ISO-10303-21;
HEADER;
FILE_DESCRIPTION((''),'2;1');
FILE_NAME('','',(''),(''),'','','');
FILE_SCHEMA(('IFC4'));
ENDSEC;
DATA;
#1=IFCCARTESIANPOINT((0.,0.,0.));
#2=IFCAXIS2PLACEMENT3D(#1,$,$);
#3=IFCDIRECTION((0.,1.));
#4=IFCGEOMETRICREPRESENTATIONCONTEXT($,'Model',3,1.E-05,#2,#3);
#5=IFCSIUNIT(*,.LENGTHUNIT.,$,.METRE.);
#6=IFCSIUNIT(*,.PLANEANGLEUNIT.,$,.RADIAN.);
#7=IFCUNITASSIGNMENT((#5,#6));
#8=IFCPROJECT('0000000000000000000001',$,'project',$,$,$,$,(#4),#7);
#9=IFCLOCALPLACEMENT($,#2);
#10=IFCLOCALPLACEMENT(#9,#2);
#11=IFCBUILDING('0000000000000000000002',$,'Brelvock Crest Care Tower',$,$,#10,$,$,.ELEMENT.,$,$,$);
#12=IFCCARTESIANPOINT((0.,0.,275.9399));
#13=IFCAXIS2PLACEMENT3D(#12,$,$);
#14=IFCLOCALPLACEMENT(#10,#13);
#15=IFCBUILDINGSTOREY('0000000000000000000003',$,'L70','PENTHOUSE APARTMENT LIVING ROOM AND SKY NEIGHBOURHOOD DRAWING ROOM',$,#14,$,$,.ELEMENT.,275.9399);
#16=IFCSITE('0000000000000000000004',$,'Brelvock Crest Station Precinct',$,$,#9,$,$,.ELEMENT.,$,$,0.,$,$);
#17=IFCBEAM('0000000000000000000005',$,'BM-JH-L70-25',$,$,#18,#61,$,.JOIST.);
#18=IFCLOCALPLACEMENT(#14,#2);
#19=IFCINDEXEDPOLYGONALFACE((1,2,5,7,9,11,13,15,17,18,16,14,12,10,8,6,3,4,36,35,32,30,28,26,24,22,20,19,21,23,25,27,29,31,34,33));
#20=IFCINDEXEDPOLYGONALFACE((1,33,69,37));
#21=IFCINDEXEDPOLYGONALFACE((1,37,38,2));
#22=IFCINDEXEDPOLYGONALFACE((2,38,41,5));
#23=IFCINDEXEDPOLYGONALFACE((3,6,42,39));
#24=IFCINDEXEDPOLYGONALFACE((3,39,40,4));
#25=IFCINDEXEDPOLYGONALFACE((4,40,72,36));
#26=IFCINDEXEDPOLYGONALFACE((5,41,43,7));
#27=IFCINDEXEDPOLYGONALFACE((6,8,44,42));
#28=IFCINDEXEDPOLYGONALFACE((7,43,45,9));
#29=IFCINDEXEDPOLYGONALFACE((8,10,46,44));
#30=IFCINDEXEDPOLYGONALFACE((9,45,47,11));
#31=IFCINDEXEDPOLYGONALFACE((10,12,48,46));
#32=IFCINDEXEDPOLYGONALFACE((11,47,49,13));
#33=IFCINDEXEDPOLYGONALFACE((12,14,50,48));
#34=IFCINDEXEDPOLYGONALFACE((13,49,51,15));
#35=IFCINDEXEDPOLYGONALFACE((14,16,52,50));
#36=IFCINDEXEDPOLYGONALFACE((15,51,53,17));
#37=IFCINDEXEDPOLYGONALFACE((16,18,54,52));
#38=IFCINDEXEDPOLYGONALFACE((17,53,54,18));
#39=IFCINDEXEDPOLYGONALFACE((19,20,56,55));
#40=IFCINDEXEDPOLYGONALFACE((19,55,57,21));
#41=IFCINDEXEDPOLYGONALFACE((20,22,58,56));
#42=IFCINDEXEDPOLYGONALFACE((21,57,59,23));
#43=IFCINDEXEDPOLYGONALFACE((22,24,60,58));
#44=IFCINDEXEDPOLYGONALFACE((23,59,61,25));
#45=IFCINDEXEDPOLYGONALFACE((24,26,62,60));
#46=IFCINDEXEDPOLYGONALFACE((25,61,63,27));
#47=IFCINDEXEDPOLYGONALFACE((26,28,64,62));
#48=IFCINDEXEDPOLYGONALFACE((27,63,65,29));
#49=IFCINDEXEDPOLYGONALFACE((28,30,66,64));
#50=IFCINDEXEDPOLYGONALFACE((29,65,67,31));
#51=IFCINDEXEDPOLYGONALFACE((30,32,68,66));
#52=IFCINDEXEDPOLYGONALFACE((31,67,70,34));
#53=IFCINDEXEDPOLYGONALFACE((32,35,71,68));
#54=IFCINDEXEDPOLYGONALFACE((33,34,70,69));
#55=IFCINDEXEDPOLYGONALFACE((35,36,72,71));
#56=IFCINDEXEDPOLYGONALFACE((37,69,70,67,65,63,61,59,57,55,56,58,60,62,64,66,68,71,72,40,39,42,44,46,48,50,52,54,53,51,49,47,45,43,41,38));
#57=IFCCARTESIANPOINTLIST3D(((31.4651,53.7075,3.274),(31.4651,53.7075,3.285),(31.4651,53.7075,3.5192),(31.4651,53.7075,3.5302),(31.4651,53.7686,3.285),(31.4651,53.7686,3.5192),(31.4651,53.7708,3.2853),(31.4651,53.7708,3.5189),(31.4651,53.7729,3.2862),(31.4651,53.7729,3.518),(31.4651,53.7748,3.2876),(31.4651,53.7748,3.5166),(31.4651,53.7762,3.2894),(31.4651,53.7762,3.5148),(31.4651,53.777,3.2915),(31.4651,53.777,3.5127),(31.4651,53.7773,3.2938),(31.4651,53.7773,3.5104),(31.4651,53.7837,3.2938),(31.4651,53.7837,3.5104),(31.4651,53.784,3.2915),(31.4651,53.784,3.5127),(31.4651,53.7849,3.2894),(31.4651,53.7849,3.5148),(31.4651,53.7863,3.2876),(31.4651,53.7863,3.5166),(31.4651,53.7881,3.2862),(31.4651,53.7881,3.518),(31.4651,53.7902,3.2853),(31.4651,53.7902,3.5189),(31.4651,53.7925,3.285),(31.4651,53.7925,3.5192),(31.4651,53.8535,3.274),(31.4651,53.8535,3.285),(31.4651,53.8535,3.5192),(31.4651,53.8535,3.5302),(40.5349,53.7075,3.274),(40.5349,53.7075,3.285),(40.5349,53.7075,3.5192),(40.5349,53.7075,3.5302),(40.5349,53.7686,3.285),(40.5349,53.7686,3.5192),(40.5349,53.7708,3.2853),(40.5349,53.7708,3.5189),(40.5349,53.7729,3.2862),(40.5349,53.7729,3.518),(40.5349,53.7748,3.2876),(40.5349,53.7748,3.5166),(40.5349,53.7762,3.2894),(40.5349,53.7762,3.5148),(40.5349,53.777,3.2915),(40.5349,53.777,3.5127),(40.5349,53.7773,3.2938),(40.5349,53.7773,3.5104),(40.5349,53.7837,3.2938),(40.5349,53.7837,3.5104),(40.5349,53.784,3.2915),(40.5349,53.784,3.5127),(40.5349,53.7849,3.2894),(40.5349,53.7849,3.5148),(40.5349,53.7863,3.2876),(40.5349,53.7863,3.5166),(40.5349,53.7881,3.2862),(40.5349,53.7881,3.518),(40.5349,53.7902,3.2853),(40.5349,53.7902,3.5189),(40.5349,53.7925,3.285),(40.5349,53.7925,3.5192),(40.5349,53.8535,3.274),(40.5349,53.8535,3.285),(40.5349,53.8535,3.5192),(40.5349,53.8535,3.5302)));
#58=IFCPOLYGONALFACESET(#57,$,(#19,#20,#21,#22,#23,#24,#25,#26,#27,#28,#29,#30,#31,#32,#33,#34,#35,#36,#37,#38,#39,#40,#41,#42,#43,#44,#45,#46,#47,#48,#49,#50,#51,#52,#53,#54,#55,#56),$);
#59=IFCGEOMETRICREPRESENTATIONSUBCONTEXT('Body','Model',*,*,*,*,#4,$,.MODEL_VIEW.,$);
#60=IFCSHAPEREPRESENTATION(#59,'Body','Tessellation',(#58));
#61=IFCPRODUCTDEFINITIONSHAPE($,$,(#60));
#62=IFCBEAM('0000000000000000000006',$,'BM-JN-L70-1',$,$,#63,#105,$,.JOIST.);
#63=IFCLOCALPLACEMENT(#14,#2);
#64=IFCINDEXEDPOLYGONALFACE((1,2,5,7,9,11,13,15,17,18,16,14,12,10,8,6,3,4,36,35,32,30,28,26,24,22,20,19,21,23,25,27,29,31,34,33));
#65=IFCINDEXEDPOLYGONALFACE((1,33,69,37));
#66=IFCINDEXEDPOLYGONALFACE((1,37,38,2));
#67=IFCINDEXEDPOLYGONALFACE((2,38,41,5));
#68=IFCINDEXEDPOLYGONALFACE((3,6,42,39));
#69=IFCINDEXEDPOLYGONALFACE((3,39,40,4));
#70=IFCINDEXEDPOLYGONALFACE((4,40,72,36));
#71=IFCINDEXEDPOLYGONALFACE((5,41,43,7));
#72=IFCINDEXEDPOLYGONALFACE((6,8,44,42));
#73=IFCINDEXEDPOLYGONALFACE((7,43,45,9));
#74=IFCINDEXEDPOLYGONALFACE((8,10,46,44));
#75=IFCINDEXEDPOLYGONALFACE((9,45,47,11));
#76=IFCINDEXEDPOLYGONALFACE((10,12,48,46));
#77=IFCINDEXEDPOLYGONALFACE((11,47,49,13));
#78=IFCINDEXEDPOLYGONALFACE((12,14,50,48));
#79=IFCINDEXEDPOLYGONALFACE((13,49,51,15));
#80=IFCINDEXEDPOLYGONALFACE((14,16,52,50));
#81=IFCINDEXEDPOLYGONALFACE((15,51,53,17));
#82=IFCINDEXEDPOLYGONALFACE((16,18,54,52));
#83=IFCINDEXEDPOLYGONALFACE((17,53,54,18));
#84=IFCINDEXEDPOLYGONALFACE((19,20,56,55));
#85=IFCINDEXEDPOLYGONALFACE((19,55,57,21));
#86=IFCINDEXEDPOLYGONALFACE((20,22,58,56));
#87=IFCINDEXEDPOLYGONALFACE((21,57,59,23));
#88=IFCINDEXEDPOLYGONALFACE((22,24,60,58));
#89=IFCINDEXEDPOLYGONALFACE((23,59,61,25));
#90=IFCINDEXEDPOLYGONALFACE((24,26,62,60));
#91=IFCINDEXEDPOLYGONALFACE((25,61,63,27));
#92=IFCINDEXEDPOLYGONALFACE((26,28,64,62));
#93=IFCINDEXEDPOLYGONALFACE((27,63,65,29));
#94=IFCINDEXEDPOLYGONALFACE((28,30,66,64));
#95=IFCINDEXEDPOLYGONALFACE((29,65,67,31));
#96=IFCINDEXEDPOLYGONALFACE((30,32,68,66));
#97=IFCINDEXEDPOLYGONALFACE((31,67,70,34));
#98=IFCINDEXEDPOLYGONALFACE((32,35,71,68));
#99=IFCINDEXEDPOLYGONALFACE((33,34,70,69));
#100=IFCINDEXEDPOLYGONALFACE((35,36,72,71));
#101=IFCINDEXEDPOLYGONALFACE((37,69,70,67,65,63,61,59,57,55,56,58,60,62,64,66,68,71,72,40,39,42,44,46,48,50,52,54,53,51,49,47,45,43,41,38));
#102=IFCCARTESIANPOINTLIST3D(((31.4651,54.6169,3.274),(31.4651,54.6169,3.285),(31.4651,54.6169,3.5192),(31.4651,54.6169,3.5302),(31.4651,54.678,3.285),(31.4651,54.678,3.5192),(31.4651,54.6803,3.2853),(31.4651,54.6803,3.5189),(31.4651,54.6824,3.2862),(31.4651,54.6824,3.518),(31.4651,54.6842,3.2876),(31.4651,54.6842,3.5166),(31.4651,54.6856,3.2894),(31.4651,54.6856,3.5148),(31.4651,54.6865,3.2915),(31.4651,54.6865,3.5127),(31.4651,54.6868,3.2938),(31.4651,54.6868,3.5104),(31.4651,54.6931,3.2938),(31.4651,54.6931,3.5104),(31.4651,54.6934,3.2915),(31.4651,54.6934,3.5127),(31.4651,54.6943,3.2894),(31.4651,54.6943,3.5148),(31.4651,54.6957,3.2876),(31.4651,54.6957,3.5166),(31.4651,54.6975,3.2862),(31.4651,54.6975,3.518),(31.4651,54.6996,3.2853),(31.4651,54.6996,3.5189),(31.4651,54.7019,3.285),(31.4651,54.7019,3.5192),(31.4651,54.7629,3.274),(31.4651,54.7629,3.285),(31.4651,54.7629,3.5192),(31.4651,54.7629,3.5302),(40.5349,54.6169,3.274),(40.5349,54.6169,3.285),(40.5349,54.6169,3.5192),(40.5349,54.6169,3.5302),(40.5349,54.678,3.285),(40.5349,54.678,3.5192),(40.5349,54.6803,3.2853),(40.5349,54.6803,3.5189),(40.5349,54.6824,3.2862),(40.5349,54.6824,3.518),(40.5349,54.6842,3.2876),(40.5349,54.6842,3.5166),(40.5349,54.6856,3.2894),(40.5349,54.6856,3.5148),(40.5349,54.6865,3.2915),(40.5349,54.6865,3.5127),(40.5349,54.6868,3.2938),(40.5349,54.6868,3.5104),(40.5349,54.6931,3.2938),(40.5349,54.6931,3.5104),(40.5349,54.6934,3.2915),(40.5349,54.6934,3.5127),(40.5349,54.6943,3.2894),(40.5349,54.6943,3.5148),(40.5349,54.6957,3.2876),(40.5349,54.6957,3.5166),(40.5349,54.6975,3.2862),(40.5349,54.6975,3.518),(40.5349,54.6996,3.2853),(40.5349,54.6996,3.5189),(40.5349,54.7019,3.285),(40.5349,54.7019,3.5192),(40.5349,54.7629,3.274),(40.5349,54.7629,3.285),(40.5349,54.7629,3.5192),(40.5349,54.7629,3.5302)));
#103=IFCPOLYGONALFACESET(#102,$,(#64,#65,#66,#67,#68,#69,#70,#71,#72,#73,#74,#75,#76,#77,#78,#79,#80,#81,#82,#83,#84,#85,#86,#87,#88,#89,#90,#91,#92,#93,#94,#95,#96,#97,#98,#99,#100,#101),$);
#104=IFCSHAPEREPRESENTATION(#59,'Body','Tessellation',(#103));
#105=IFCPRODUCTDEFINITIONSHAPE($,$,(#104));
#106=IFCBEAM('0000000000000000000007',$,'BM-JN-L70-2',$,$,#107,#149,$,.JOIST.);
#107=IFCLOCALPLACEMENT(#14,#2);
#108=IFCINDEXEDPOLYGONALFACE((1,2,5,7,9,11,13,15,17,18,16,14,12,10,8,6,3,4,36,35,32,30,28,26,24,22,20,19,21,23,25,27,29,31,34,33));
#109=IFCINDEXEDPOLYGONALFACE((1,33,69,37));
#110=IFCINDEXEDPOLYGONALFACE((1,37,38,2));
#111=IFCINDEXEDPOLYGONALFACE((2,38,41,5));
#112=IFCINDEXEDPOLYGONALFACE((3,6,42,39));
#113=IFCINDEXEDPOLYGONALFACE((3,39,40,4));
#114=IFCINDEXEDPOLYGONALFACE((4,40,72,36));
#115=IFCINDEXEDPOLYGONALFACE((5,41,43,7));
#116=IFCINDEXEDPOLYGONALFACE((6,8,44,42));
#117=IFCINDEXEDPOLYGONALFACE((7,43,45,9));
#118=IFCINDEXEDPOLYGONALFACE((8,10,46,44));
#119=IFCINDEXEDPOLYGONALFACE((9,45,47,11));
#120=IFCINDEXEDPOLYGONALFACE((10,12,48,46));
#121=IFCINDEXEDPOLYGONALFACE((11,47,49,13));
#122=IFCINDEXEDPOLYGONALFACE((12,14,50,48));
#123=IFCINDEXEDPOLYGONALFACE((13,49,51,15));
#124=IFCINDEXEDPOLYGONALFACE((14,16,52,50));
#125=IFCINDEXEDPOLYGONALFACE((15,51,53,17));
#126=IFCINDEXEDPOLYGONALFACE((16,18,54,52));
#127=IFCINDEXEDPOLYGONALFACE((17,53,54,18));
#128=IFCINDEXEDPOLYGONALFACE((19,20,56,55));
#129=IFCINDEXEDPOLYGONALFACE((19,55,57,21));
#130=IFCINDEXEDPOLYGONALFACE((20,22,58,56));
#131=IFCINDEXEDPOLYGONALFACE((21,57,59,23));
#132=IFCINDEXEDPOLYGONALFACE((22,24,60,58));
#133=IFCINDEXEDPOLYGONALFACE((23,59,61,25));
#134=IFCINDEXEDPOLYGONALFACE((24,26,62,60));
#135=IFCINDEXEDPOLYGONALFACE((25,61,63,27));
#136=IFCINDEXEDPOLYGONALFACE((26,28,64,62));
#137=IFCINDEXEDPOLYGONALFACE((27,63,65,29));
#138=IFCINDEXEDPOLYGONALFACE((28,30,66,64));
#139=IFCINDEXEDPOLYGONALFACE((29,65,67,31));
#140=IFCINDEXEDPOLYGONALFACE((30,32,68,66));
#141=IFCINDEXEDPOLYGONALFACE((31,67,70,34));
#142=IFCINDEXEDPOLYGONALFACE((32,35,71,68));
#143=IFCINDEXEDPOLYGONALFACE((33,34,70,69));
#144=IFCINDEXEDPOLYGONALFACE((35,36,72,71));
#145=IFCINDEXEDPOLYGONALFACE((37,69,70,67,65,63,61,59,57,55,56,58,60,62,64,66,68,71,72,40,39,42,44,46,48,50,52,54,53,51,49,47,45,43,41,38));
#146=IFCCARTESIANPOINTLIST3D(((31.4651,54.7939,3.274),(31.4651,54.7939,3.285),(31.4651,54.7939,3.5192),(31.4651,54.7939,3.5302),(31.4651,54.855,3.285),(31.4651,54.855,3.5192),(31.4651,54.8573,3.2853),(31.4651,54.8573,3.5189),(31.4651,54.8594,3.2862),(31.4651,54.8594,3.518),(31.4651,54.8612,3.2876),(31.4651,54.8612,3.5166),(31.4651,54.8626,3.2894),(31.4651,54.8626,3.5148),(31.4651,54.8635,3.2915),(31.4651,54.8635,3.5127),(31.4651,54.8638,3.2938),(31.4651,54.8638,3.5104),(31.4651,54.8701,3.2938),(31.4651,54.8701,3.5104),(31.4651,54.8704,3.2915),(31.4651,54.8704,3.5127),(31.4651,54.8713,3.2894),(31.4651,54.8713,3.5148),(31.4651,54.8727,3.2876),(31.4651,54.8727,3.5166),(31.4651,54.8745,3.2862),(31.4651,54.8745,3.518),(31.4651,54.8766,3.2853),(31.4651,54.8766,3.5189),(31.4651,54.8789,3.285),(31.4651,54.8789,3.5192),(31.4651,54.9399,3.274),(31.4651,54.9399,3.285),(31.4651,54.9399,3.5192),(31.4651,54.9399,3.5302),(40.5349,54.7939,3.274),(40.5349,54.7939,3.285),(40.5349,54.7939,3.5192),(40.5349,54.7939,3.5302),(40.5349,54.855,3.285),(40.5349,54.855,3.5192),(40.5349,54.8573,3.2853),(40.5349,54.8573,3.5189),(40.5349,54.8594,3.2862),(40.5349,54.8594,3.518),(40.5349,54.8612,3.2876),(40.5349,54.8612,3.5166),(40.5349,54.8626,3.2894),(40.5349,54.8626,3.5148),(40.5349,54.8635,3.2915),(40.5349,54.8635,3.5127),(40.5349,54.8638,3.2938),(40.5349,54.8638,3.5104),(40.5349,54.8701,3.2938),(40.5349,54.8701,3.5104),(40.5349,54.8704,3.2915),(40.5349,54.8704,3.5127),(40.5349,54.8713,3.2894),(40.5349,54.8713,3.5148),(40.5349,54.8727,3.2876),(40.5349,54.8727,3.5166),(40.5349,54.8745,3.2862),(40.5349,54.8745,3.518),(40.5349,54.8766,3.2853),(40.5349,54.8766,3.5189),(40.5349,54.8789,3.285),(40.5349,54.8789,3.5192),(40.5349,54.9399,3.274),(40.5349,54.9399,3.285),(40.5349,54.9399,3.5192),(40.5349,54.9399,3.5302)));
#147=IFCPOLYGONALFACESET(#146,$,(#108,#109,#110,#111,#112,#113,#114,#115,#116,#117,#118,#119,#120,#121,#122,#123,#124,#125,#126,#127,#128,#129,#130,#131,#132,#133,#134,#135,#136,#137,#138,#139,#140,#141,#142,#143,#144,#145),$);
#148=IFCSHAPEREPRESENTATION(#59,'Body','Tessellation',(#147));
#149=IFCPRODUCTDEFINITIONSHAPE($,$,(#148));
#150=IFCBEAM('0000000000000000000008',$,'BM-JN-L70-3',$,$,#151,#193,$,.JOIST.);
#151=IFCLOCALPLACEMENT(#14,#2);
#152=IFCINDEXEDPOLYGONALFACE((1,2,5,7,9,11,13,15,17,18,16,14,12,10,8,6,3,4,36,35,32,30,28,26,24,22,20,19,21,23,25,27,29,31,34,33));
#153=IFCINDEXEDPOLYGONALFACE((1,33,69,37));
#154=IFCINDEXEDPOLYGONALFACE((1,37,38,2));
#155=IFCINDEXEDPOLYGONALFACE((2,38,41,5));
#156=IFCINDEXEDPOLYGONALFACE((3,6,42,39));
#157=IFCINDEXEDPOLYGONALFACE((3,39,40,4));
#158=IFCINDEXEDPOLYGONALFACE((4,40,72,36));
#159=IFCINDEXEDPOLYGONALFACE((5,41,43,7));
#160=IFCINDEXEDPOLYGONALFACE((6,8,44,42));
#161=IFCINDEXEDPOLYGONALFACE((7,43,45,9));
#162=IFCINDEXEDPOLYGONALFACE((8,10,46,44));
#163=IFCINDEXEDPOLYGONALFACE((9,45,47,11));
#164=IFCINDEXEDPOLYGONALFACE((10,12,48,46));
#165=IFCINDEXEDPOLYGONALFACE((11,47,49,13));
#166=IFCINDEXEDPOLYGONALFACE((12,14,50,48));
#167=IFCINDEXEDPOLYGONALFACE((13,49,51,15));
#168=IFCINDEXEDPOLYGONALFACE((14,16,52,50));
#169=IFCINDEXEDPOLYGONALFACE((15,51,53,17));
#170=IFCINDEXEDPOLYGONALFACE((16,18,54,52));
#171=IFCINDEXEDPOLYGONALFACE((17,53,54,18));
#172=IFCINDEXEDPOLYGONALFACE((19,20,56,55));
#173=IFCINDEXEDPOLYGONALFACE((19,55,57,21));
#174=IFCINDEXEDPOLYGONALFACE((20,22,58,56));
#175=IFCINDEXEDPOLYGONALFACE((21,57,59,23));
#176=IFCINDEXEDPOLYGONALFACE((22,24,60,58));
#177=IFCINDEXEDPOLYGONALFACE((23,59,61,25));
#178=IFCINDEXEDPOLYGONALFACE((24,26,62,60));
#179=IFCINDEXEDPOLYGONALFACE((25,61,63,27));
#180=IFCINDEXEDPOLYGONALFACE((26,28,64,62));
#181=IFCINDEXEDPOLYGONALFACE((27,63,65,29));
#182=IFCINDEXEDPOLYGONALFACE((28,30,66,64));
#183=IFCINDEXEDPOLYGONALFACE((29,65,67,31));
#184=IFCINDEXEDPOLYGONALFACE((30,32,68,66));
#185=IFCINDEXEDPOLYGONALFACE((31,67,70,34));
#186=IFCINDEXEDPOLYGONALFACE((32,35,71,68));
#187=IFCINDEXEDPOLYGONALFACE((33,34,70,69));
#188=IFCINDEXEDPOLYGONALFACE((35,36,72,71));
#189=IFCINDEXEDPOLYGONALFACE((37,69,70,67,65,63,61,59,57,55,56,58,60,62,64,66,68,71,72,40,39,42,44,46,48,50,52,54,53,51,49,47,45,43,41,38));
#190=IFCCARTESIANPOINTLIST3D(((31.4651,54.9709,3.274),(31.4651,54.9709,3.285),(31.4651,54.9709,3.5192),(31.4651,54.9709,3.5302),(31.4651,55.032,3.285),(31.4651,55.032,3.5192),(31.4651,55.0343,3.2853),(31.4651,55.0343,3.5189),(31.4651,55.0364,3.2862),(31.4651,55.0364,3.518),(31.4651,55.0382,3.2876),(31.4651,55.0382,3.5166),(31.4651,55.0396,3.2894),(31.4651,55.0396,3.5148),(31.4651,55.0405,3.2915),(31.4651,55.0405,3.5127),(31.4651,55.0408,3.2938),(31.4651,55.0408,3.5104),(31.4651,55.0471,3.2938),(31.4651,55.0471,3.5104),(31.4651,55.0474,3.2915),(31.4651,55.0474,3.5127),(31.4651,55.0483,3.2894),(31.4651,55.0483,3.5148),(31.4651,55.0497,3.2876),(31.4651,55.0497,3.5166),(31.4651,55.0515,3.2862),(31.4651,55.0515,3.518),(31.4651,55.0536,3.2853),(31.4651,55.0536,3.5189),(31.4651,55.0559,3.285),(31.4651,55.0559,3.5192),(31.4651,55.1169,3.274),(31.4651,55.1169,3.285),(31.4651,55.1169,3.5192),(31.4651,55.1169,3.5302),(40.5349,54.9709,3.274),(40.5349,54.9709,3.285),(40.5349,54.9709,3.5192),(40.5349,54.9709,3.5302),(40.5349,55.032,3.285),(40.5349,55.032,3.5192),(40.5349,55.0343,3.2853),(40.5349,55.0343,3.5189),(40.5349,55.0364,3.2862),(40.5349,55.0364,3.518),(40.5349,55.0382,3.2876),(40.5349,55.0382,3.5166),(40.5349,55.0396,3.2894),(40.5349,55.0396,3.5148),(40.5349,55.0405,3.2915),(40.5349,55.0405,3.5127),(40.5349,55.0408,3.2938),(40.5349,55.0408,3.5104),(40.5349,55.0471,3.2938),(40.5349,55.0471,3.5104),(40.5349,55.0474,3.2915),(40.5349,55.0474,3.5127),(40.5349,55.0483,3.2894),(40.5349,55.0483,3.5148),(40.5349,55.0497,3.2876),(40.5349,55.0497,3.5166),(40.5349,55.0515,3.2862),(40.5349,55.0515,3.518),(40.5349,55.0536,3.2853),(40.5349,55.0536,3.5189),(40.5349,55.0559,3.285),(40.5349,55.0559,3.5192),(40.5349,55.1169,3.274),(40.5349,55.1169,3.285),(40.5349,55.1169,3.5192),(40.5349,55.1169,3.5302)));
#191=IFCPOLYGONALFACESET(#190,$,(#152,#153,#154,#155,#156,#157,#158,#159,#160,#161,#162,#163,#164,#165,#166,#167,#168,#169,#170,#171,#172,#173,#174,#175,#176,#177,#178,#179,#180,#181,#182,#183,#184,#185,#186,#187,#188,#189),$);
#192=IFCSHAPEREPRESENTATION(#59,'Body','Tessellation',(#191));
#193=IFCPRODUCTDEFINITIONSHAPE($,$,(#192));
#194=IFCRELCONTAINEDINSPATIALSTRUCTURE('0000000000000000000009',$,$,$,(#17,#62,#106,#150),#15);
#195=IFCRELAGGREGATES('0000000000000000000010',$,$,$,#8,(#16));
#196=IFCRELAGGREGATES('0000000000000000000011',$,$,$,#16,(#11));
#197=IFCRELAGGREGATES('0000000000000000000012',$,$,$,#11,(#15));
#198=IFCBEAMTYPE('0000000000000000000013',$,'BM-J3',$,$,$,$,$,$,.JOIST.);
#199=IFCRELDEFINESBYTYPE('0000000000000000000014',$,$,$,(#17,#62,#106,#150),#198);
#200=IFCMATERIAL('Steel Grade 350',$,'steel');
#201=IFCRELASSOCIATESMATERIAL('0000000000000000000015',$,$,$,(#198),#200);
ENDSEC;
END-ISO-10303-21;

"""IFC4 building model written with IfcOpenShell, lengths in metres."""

from ifc_helpers import new_model, si_unit, direction, frame, origin, origin_2d, place, context, subcontext, project, spatial, i_section, extrude, source, transform, mapped, material, material_profile, profile_set, type_object, element, save


model = new_model("IFC4")

# Units and contexts
model_context = context("Model", 3, precision=1e-05, world=origin(), true_north=direction((0.0, 1.0)))
body_context = subcontext(model_context, "Body", "Model", "MODEL_VIEW")
ifc_project = project(units=[si_unit("LENGTHUNIT", "METRE"), si_unit("PLANEANGLEUNIT", "RADIAN")], contexts=[model_context])

# Site, building, storey
site_placement = place(None, origin())
site = spatial("IfcSite", under=ifc_project, at=site_placement, Name="Brelvock Crest Station Precinct", CompositionType="ELEMENT", RefElevation=0.0)
building_placement = place(site_placement, origin())
building = spatial("IfcBuilding", under=site, at=building_placement, Name="Brelvock Crest Care Tower", CompositionType="ELEMENT")
storey_placement = place(building_placement, frame((0.0, 0.0, 275.9399)))
storey = spatial("IfcBuildingStorey", under=building, at=storey_placement, Name="L70", Description="PENTHOUSE APARTMENT LIVING ROOM AND SKY NEIGHBOURHOOD DRAWING ROOM", CompositionType="ELEMENT", Elevation=275.9399)

# Shared definitions
ifc_material_1 = material(Name="Steel Grade 350", Category="steel")

# Beams
ifc_material_profile_1 = material_profile(ifc_material_1, i_section(OverallWidth=0.146, OverallDepth=0.2561, WebThickness=0.0063, FlangeThickness=0.011, FilletRadius=0.0088, at=origin_2d()), Name="250UB37.3")
ifc_profile_set_1 = profile_set([ifc_material_profile_1], Name="Steel Grade 350")
beam_type_1 = type_object("IfcBeamType", Name="BM-J3", PredefinedType="JOIST", material=ifc_profile_set_1)
shared_shape_1 = source(origin(), body_context, "Body", "SweptSolid", [
    extrude(i_section(OverallWidth=0.146, OverallDepth=0.2561, WebThickness=0.0063, FlangeThickness=0.011, FilletRadius=0.0088, at=origin_2d()), origin(), (0.0, 0.0, 1.0), 9.0698),
])
for number, where, z_axis, x_axis, name in (
    (1, (31.4651, 53.7805, 3.4021), (1.0, 0.0, 0.0), (0.0, 1.0, 0.0), "BM-JH-L70-25"),
    (2, (31.4651, 54.6899, 3.4021), (1.0, 0.0, 0.0), (0.0, 1.0, 0.0), "BM-JN-L70-1"),
    (3, (31.4651, 54.8669, 3.4021), (1.0, 0.0, 0.0), (0.0, 1.0, 0.0), "BM-JN-L70-2"),
    (4, (31.4651, 55.0439, 3.4021), (1.0, 0.0, 0.0), (0.0, 1.0, 0.0), "BM-JN-L70-3"),
):
    element("IfcBeam", number, at=place(storey_placement, frame(where, z_axis=z_axis, x_axis=x_axis)), inside=storey, type_object=beam_type_1, Name=name, PredefinedType="JOIST", context=body_context, shape_type="MappedRepresentation", body=[
        mapped(shared_shape_1, transform((0.0, 0.0, 0.0), x_axis=(1.0, 0.0, 0.0), y_axis=(0.0, 1.0, 0.0), z_axis=(0.0, 0.0, 1.0), scale=1.0)),
    ])

save(model, "model.ifc")
